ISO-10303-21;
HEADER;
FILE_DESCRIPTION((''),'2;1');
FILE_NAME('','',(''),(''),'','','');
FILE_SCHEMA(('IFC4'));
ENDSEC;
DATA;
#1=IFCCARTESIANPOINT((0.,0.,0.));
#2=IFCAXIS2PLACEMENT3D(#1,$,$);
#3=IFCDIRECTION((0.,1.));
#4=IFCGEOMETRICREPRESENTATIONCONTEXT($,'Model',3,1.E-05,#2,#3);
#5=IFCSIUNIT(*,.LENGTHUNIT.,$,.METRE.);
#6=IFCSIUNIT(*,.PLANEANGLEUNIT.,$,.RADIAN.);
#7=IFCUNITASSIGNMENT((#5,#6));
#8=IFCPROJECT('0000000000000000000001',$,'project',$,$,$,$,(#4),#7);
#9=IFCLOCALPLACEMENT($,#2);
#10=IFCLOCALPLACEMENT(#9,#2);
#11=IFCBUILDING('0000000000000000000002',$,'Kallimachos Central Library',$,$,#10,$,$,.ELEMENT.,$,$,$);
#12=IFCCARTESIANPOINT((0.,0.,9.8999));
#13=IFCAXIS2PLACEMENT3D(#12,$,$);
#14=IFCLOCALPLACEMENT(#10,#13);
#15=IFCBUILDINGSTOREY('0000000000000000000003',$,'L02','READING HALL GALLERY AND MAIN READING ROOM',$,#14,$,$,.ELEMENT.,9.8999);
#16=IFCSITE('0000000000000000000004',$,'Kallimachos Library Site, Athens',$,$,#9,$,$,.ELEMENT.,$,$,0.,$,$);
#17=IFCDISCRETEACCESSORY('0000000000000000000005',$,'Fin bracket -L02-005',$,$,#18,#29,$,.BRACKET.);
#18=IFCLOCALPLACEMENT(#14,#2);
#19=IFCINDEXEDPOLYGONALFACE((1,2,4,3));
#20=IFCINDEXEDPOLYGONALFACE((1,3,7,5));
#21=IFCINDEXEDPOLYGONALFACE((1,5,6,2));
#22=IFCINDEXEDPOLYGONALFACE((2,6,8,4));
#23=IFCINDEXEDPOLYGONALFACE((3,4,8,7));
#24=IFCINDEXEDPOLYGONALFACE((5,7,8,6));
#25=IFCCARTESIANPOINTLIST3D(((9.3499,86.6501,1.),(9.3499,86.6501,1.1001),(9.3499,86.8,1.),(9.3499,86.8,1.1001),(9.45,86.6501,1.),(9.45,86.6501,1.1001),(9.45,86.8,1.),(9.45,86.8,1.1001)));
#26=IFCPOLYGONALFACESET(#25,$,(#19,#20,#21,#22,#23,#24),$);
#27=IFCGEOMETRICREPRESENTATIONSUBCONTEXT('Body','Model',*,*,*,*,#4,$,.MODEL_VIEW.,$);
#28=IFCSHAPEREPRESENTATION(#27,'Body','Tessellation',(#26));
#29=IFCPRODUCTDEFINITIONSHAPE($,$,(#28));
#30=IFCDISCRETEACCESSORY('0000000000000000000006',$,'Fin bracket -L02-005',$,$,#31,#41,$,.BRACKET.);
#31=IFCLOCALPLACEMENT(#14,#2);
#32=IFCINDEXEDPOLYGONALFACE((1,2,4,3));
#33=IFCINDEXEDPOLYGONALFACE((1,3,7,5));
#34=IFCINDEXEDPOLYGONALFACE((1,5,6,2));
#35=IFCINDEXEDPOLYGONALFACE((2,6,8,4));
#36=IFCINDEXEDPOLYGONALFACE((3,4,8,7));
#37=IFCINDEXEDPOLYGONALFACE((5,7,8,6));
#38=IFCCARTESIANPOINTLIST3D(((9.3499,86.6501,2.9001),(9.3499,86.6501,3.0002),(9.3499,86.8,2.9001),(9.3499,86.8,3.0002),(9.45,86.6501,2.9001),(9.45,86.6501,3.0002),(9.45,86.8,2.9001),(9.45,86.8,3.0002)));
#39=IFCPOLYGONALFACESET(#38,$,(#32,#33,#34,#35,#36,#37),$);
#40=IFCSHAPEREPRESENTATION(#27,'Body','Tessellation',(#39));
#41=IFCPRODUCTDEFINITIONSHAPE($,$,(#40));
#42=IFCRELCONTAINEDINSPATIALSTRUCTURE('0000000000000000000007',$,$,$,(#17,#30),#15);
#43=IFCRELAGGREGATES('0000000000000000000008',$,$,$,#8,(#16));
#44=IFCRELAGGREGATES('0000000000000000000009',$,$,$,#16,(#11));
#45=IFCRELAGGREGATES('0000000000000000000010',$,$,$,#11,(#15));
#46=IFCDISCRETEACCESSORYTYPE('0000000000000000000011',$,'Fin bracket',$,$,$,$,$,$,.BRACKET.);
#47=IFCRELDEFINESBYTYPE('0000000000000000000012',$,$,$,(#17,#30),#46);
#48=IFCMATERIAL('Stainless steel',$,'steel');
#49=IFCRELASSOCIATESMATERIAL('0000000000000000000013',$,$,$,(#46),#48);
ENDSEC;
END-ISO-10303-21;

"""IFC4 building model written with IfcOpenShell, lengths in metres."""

from ifc_helpers import new_model, si_unit, direction, frame, origin, origin_2d, place, context, subcontext, project, spatial, rectangle, extrude, material, type_object, element, save


model = new_model("IFC4")

# Units and contexts
model_context = context("Model", 3, precision=1e-05, world=origin(), true_north=direction((0.0, 1.0)))
body_context = subcontext(model_context, "Body", "Model", "MODEL_VIEW")
ifc_project = project(units=[si_unit("LENGTHUNIT", "METRE"), si_unit("PLANEANGLEUNIT", "RADIAN")], contexts=[model_context])

# Site, building, storey
site_placement = place(None, origin())
site = spatial("IfcSite", under=ifc_project, at=site_placement, Name="Kallimachos Library Site, Athens", CompositionType="ELEMENT", RefElevation=0.0)
building_placement = place(site_placement, origin())
building = spatial("IfcBuilding", under=site, at=building_placement, Name="Kallimachos Central Library", CompositionType="ELEMENT")
storey_placement = place(building_placement, frame((0.0, 0.0, 9.8999)))
storey = spatial("IfcBuildingStorey", under=building, at=storey_placement, Name="L02", Description="READING HALL GALLERY AND MAIN READING ROOM", CompositionType="ELEMENT", Elevation=9.8999)

# Discrete accessories
ifc_material_1 = material(Name="Stainless steel", Category="steel")
discrete_accessory_type = type_object("IfcDiscreteAccessoryType", Name="Fin bracket", PredefinedType="BRACKET", material=ifc_material_1)
for number, where, z_axis, x_axis, name in (
    (1, (9.3999, 86.7251, 1.0), (0.0, 0.0, 1.0), (1.0, 0.0, 0.0), "Fin bracket -L02-005"),
    (2, (9.3999, 86.7251, 2.9001), (0.0, 0.0, 1.0), (1.0, 0.0, 0.0), "Fin bracket -L02-005"),
):
    element("IfcDiscreteAccessory", number, at=place(storey_placement, frame(where, z_axis=z_axis, x_axis=x_axis)), inside=storey, type_object=discrete_accessory_type, Name=name, PredefinedType="BRACKET", context=body_context, shape_type="SweptSolid", body=[
        extrude(rectangle(XDim=0.1001, YDim=0.1499, at=origin_2d()), origin(), (0.0, 0.0, 1.0), 0.1001),
    ])

save(model, "model.ifc")
